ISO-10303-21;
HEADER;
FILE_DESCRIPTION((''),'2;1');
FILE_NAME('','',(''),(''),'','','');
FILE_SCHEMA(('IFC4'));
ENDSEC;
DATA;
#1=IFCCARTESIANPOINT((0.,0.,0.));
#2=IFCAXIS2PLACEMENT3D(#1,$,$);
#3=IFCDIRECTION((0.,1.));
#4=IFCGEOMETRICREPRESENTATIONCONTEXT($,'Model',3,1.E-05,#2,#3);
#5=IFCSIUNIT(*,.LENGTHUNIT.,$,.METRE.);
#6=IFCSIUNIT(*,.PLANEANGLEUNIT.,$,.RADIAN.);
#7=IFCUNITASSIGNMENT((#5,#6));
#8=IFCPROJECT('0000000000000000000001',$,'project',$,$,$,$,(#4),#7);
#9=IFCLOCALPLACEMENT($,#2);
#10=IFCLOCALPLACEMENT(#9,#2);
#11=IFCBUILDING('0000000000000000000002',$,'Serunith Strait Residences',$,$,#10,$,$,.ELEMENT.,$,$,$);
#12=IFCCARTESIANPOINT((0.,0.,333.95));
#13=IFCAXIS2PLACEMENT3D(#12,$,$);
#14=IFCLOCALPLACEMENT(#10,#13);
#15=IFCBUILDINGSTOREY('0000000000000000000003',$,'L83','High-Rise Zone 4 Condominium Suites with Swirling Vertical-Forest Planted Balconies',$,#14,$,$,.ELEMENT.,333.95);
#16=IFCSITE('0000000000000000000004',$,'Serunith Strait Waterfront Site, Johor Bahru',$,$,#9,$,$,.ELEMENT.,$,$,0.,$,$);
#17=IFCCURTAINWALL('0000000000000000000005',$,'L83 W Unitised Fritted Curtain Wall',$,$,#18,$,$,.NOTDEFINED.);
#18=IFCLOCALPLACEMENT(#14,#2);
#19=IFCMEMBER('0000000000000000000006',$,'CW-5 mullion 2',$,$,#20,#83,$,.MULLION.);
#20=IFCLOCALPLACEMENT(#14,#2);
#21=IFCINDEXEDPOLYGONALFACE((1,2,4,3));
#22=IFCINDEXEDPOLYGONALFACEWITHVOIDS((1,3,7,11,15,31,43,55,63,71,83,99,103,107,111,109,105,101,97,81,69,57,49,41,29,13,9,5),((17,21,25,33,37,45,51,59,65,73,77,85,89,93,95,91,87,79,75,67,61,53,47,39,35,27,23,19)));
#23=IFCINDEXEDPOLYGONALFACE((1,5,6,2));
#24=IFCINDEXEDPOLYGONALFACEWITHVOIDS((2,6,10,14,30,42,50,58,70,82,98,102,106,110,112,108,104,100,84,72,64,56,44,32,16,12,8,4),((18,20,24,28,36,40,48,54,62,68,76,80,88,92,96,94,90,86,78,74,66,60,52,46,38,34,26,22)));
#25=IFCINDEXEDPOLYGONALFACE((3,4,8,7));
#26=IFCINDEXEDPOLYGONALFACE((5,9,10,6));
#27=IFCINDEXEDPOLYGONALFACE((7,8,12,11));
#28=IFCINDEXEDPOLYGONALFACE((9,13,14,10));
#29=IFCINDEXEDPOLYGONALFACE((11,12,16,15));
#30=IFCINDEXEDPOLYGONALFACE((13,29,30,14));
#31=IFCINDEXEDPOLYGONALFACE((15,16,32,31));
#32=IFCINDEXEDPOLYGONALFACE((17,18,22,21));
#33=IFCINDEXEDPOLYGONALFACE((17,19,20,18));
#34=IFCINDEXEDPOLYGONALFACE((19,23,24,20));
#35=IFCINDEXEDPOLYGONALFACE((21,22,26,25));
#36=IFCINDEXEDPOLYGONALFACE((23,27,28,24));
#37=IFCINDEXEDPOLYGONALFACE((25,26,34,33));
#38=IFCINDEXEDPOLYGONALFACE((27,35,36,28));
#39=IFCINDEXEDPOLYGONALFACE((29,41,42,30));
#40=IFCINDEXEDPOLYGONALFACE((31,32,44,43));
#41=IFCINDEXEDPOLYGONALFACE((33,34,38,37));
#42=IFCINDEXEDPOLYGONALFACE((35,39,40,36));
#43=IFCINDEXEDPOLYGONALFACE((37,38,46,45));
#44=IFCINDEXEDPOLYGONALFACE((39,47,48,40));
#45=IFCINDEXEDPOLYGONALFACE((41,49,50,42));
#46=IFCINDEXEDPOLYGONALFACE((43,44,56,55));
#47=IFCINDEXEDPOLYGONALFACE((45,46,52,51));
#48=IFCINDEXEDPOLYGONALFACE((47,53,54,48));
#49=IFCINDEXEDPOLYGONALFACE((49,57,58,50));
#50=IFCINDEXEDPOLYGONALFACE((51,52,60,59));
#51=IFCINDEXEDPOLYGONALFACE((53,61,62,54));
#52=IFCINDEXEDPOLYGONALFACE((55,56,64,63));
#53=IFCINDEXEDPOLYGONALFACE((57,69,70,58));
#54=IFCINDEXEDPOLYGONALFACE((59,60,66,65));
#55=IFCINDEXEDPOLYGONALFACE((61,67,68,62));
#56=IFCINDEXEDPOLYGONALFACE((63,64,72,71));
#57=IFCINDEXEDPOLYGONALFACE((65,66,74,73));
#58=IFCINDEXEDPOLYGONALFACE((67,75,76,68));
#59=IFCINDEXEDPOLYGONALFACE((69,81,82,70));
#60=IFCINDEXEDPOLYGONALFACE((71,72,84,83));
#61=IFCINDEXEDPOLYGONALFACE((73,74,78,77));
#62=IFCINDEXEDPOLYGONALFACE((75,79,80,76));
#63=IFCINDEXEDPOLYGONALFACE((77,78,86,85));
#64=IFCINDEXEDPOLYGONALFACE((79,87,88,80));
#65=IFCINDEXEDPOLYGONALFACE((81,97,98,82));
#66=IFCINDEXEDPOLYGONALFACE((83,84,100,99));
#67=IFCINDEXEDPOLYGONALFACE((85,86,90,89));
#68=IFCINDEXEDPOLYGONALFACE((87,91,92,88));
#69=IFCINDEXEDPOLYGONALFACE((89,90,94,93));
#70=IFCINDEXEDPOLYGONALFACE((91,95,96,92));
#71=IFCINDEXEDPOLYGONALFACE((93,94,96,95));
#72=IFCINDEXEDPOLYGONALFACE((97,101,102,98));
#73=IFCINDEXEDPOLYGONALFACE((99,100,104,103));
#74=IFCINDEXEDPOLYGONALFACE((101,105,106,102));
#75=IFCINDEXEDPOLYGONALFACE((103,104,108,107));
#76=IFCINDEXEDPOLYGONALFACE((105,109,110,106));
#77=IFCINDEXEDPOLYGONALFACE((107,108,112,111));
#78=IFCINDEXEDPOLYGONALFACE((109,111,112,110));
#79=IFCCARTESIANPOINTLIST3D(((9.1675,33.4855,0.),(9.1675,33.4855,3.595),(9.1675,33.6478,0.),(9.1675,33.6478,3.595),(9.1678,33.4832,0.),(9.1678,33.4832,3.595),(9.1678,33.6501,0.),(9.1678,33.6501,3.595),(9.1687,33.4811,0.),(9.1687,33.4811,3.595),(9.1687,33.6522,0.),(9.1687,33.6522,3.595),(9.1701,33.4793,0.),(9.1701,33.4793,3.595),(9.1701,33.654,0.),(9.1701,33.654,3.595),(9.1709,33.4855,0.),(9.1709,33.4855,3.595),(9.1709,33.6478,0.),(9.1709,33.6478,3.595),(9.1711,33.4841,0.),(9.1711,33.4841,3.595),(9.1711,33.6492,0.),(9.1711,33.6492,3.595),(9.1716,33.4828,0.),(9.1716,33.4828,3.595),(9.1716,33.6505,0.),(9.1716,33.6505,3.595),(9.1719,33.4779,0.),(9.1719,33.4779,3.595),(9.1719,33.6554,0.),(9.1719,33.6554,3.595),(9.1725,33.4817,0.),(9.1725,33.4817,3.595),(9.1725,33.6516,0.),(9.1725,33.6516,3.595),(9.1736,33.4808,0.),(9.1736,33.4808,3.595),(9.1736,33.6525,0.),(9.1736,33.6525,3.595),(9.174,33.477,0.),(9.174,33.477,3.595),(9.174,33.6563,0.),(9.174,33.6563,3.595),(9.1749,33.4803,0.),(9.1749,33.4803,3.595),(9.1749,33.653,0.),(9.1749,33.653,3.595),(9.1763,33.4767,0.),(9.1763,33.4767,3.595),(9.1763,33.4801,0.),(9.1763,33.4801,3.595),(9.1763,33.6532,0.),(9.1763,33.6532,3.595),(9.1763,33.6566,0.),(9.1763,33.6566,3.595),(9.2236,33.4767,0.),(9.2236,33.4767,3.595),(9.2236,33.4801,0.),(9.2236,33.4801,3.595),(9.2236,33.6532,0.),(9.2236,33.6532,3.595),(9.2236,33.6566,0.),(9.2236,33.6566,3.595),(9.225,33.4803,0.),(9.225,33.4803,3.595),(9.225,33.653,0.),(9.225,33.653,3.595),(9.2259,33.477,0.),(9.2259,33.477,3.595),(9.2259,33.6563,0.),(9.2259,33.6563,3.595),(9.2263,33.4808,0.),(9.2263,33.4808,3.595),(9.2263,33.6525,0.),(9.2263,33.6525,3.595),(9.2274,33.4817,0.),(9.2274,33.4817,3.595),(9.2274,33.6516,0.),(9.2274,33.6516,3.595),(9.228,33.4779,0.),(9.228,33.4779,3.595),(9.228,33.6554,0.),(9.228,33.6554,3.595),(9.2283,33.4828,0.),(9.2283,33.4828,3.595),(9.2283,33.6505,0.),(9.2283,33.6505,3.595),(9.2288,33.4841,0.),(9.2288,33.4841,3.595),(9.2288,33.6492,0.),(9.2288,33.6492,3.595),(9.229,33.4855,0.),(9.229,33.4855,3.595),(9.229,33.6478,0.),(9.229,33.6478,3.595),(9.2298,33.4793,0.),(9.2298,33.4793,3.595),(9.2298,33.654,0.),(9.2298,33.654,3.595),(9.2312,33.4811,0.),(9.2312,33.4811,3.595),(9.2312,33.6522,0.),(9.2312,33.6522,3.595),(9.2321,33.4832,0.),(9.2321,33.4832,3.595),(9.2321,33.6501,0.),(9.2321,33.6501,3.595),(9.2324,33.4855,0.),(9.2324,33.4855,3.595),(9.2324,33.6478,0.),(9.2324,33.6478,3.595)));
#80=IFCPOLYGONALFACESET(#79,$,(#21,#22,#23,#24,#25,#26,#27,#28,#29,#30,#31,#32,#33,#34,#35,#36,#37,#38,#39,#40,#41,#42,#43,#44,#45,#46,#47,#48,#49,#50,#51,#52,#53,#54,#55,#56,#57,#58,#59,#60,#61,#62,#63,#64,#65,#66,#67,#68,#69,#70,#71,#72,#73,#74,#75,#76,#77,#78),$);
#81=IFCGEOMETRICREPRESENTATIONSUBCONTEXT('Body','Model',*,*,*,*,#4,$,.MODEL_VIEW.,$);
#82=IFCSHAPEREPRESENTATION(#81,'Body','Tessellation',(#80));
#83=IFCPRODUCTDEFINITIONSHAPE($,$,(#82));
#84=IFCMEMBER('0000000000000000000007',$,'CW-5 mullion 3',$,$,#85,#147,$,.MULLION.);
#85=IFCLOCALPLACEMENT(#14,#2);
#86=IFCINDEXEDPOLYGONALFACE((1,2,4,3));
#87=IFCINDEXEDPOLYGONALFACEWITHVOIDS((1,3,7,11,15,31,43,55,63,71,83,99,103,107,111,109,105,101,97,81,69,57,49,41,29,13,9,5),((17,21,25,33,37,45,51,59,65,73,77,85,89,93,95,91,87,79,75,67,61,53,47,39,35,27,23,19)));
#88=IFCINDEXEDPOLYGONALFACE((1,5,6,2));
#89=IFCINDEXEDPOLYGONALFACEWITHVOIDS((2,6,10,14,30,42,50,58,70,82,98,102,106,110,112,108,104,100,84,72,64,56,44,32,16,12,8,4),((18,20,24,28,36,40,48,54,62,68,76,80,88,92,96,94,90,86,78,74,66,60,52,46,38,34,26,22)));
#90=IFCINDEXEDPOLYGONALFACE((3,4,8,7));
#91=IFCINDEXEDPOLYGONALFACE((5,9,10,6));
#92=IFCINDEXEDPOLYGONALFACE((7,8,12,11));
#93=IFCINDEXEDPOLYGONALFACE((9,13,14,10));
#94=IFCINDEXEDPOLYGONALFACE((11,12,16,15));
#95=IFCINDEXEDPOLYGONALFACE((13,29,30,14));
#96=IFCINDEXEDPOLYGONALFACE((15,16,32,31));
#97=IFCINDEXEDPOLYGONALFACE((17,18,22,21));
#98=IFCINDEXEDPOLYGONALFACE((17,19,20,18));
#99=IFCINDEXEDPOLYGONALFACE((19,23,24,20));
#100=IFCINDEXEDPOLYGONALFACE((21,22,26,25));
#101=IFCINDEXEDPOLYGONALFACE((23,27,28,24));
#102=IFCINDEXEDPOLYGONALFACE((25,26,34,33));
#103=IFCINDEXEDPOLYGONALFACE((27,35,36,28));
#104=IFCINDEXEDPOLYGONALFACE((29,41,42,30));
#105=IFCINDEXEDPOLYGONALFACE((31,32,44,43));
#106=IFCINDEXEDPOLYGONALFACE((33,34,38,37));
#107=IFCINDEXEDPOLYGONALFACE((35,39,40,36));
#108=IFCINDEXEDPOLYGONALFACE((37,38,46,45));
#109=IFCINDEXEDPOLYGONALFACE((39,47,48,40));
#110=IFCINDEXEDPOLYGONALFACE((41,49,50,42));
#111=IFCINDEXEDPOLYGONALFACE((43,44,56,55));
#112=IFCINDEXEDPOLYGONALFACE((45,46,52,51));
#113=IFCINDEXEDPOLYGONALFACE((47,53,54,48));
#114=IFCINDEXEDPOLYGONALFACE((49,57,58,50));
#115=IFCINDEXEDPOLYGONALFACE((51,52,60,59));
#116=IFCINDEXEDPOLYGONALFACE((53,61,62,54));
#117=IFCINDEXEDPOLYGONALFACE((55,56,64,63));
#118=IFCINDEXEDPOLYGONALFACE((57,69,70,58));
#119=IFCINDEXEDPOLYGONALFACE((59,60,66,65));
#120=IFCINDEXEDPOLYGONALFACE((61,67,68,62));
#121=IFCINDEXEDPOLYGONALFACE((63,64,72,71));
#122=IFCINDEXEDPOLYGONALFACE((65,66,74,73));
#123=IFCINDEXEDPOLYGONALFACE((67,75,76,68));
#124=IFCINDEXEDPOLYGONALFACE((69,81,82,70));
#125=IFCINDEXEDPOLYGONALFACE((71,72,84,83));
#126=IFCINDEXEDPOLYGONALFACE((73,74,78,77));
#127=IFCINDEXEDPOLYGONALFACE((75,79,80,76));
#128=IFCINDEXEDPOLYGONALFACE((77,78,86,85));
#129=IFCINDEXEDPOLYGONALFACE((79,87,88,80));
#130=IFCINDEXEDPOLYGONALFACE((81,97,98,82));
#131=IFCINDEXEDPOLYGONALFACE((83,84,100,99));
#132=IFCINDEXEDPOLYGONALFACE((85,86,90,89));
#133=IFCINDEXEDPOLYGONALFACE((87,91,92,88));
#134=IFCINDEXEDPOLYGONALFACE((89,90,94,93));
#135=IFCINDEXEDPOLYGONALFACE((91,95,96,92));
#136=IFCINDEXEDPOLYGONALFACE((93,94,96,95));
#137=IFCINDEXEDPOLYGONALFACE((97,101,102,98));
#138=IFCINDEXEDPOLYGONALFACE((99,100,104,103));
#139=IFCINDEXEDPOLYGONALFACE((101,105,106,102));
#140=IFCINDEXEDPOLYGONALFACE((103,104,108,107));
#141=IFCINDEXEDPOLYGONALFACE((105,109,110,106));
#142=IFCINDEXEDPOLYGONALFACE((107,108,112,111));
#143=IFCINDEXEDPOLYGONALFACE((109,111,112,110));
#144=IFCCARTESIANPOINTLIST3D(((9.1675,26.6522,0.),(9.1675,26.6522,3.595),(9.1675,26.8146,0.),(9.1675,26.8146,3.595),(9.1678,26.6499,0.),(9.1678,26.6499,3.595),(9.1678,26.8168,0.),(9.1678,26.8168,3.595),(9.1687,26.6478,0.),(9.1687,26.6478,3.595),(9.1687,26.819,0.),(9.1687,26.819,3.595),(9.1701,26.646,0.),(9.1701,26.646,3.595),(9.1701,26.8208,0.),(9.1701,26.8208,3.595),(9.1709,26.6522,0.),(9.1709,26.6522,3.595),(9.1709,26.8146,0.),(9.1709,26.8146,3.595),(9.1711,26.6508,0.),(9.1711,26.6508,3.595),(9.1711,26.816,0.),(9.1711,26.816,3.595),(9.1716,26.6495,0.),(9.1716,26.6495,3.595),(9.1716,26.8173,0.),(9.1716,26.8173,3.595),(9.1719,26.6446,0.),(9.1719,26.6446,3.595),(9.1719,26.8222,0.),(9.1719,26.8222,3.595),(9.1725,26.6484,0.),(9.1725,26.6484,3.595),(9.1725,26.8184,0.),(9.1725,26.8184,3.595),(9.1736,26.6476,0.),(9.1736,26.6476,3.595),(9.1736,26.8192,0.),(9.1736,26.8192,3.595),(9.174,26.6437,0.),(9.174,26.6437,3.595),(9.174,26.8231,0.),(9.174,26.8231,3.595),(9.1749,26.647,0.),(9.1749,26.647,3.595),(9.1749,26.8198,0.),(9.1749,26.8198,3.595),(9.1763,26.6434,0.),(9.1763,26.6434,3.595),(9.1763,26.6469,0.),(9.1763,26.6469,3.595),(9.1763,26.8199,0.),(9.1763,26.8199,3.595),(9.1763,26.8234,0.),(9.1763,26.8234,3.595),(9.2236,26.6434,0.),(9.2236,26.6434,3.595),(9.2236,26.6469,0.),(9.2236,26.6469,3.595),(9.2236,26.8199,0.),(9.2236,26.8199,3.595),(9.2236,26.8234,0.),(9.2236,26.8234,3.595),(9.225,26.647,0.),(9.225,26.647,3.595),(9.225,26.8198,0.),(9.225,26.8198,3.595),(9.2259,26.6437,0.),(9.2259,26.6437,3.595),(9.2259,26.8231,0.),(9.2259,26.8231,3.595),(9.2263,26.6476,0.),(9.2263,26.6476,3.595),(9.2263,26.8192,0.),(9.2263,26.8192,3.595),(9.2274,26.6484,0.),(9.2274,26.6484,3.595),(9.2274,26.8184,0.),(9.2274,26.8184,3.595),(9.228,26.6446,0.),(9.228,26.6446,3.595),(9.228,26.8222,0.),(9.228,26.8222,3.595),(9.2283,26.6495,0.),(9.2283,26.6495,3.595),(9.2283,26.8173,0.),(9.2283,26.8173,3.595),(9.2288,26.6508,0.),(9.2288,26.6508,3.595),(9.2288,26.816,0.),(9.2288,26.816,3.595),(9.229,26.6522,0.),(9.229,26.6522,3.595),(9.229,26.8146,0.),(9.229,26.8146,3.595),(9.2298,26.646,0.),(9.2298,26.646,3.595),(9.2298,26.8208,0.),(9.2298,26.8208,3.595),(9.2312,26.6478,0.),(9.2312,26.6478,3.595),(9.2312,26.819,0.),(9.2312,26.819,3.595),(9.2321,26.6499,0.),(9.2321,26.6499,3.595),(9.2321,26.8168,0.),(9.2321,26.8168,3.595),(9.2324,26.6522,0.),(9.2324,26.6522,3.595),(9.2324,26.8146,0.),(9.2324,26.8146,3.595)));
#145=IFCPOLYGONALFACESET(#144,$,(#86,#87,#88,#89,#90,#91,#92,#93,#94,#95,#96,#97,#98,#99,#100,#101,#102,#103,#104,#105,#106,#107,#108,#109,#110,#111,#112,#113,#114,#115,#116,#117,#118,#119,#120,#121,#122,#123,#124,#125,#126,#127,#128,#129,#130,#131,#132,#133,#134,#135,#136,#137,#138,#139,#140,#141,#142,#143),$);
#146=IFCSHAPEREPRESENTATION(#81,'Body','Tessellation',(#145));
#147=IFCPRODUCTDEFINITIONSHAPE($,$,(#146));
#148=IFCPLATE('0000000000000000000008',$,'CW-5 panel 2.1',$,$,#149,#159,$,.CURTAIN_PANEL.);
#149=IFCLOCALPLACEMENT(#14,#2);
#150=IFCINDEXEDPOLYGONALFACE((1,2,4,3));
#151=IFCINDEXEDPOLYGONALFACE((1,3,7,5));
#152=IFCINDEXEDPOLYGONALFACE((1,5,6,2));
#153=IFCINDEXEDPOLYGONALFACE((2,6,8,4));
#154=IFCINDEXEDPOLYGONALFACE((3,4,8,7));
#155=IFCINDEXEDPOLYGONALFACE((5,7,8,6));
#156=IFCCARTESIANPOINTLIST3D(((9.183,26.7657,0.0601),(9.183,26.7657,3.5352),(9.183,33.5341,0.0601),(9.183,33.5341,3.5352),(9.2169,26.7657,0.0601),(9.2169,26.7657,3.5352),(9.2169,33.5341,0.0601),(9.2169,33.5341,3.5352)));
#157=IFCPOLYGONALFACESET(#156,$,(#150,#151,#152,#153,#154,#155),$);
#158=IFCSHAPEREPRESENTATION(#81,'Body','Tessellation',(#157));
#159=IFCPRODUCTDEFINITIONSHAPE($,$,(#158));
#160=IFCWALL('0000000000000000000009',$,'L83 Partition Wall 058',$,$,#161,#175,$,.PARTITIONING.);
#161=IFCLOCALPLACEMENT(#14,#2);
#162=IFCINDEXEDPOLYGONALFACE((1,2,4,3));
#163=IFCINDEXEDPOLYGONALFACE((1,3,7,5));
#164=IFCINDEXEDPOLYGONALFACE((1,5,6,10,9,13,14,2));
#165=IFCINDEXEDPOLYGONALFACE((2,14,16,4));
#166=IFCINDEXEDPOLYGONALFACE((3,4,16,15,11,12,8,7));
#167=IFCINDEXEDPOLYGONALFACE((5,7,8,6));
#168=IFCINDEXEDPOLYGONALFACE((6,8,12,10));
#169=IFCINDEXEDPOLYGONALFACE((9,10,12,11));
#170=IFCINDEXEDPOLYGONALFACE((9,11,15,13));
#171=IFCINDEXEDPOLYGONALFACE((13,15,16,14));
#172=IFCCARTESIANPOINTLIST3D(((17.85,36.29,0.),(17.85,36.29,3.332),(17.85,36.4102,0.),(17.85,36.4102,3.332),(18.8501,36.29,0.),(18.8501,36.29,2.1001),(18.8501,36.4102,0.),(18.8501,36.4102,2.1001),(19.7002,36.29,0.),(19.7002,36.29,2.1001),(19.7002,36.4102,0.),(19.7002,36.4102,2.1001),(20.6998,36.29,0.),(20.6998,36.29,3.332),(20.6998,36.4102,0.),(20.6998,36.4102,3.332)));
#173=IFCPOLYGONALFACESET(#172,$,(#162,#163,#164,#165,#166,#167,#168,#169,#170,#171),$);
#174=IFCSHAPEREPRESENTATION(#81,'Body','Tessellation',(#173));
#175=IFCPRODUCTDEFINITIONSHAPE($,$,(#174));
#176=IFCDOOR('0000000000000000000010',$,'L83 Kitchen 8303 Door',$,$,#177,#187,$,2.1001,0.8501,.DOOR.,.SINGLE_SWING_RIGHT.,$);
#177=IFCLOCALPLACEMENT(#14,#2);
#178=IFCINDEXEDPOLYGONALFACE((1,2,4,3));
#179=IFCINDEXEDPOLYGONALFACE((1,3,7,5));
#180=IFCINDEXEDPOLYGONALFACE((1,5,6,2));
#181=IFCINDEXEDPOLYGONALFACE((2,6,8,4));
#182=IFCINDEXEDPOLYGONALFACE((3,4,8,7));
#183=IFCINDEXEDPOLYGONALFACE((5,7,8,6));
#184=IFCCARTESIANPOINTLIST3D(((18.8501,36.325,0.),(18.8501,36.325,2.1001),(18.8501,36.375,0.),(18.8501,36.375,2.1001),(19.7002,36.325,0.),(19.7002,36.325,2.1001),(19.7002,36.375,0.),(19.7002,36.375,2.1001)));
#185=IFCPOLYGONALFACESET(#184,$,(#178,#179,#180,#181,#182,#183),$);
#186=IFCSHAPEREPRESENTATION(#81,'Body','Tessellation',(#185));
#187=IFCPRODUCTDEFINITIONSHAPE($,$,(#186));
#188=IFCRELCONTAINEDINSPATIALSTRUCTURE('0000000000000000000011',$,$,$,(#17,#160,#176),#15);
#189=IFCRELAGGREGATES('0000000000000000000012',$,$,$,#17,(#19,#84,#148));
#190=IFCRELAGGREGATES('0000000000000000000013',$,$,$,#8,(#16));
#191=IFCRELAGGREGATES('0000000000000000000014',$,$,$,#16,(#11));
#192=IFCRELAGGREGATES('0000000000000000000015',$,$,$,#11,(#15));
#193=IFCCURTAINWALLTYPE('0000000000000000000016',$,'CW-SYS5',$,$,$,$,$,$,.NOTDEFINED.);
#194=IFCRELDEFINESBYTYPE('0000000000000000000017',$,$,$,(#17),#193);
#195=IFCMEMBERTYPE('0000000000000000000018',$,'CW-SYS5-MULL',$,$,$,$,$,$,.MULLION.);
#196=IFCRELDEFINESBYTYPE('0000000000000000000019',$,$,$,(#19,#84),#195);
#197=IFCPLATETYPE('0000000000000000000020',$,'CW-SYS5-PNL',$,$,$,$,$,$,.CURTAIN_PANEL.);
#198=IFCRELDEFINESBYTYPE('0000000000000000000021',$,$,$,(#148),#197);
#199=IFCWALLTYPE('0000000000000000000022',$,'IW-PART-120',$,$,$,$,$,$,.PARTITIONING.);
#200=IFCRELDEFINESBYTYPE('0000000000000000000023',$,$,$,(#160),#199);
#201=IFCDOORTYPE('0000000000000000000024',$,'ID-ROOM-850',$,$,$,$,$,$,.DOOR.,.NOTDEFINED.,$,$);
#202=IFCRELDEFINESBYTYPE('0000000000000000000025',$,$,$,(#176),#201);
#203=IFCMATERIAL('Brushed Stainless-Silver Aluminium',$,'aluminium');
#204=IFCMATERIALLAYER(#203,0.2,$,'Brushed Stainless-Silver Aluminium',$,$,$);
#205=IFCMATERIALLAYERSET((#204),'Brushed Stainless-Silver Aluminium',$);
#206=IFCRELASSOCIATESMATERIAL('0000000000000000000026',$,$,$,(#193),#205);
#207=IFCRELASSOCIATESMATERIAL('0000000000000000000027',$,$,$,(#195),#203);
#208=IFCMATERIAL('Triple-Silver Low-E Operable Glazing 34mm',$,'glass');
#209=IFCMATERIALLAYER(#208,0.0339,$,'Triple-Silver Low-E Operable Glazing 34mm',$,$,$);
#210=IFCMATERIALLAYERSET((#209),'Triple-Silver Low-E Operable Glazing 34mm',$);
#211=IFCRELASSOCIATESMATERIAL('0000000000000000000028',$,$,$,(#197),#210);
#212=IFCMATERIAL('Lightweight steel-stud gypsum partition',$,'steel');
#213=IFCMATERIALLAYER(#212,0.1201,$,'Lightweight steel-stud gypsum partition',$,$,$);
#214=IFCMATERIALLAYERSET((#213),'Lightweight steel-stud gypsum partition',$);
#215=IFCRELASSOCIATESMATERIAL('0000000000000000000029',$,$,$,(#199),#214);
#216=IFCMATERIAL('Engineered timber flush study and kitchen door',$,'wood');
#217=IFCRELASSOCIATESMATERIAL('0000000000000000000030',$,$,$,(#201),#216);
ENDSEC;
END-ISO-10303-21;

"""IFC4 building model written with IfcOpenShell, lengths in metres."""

from ifc_helpers import new_model, si_unit, direction, frame, frame_2d, origin, origin_2d, place, context, subcontext, project, spatial, rectangle, hollow_rectangle, extrude, source, transform, mapped, material, layer, layer_set, material_profile, profile_set, type_object, element, fill, aggregate, save


model = new_model("IFC4")

# Units and contexts
model_context = context("Model", 3, precision=1e-05, world=origin(), true_north=direction((0.0, 1.0)))
body_context = subcontext(model_context, "Body", "Model", "MODEL_VIEW")
ifc_project = project(units=[si_unit("LENGTHUNIT", "METRE"), si_unit("PLANEANGLEUNIT", "RADIAN")], contexts=[model_context])

# Site, building, storey
site_placement = place(None, origin())
site = spatial("IfcSite", under=ifc_project, at=site_placement, Name="Serunith Strait Waterfront Site, Johor Bahru", CompositionType="ELEMENT", RefElevation=0.0)
building_placement = place(site_placement, origin())
building = spatial("IfcBuilding", under=site, at=building_placement, Name="Serunith Strait Residences", CompositionType="ELEMENT")
storey_placement = place(building_placement, frame((0.0, 0.0, 333.95)))
storey = spatial("IfcBuildingStorey", under=building, at=storey_placement, Name="L83", Description="High-Rise Zone 4 Condominium Suites with Swirling Vertical-Forest Planted Balconies", CompositionType="ELEMENT", Elevation=333.95)

# Curtain wall, members, plate
ifc_material_1 = material(Name="Brushed Stainless-Silver Aluminium", Category="aluminium")
ifc_layer_1 = layer(ifc_material_1, 0.2, Name="Brushed Stainless-Silver Aluminium")
ifc_layer_set_1 = layer_set([ifc_layer_1], Name="Brushed Stainless-Silver Aluminium")
curtain_wall_type = type_object("IfcCurtainWallType", Name="CW-SYS5", PredefinedType="NOTDEFINED", material=ifc_layer_set_1)
curtain_wall_placement = place(storey_placement, origin())
curtain_wall = element("IfcCurtainWall", 1, at=curtain_wall_placement, inside=storey, type_object=curtain_wall_type, Name="L83 W Unitised Fritted Curtain Wall", PredefinedType="NOTDEFINED")
ifc_material_profile_1 = material_profile(ifc_material_1, hollow_rectangle(XDim=0.0649, YDim=0.1799, WallThickness=0.0034, InnerFilletRadius=0.0054, OuterFilletRadius=0.0088, at=origin_2d()), Name="ALU 180x65x3.5")
ifc_profile_set_1 = profile_set([ifc_material_profile_1], Name="Brushed Stainless-Silver Aluminium")
member_type_1 = type_object("IfcMemberType", Name="CW-SYS5-MULL", PredefinedType="MULLION", material=ifc_profile_set_1)
shared_shape_1 = source(origin(), body_context, "Body", "SweptSolid", [
    extrude(hollow_rectangle(XDim=0.0649, YDim=0.1799, WallThickness=0.0034, InnerFilletRadius=0.0054, OuterFilletRadius=0.0088, at=origin_2d()), origin(), (0.0, 0.0, 1.0), 3.595),
])
member_1_placement = place(storey_placement, frame((9.2, 33.5667, 0.0), z_axis=(0.0, 0.0, 1.0), x_axis=(1.0, 0.0, 0.0)))
member_1 = element("IfcMember", 2, at=member_1_placement, type_object=member_type_1, Name="CW-5 mullion 2", PredefinedType="MULLION", context=body_context, shape_type="MappedRepresentation", body=[
    mapped(shared_shape_1, transform((0.0, 0.0, 0.0), scale=1.0)),
])
member_2_placement = place(storey_placement, frame((9.2, 26.7334, 0.0), z_axis=(0.0, 0.0, 1.0), x_axis=(1.0, 0.0, 0.0)))
member_2 = element("IfcMember", 3, at=member_2_placement, type_object=member_type_1, Name="CW-5 mullion 3", PredefinedType="MULLION", context=body_context, shape_type="MappedRepresentation", body=[
    mapped(shared_shape_1, transform((0.0, 0.0, 0.0), scale=1.0)),
])
ifc_material_2 = material(Name="Triple-Silver Low-E Operable Glazing 34mm", Category="glass")
ifc_layer_2 = layer(ifc_material_2, 0.0339, Name="Triple-Silver Low-E Operable Glazing 34mm")
ifc_layer_set_2 = layer_set([ifc_layer_2], Name="Triple-Silver Low-E Operable Glazing 34mm")
plate_type = type_object("IfcPlateType", Name="CW-SYS5-PNL", PredefinedType="CURTAIN_PANEL", material=ifc_layer_set_2)
shared_shape_2 = source(origin(), body_context, "Body", "SweptSolid", [
    extrude(rectangle(XDim=6.7683, YDim=0.0339, at=origin_2d()), origin(), (0.0, 0.0, 1.0), 3.4751),
])
plate_placement = place(storey_placement, frame((9.2, 30.1499, 0.0601), z_axis=(0.0, 0.0, 1.0), x_axis=(0.0, -1.0, 0.0)))
plate = element("IfcPlate", 4, at=plate_placement, type_object=plate_type, Name="CW-5 panel 2.1", PredefinedType="CURTAIN_PANEL", context=body_context, shape_type="MappedRepresentation", body=[
    mapped(shared_shape_2, transform((0.0, 0.0, 0.0), scale=1.0)),
])
aggregate(curtain_wall, [member_1, member_2, plate])

# Wall, opening, door
ifc_material_3 = material(Name="Lightweight steel-stud gypsum partition", Category="steel")
ifc_layer_3 = layer(ifc_material_3, 0.1201, Name="Lightweight steel-stud gypsum partition")
ifc_layer_set_3 = layer_set([ifc_layer_3], Name="Lightweight steel-stud gypsum partition")
wall_type_1 = type_object("IfcWallType", Name="IW-PART-120", PredefinedType="PARTITIONING", material=ifc_layer_set_3)
wall_1_placement = place(storey_placement, frame((17.8501, 36.3501, 0.0), z_axis=(0.0, 0.0, 1.0), x_axis=(1.0, 0.0, 0.0)))
wall_1 = element("IfcWall", 5, at=wall_1_placement, inside=storey, type_object=wall_type_1, Name="L83 Partition Wall 058", PredefinedType="PARTITIONING", context=body_context, shape_type="SweptSolid", body=[
    extrude(rectangle(XDim=2.8499, YDim=0.1201, at=frame_2d((1.4248, 0.0))), origin(), (0.0, 0.0, 1.0), 3.332),
])
opening_1_placement = place(wall_1_placement, frame((1.0, 0.0, 0.0)))
opening_1 = element("IfcOpeningElement", 6, at=opening_1_placement, cuts=wall_1, PredefinedType="OPENING", context=body_context, shape_type="SweptSolid", body=[
    extrude(rectangle(XDim=0.8501, YDim=2.1001, at=frame_2d((0.425, 1.05))), frame((0.0, 0.0701, 0.0), z_axis=(0.0, -1.0, 0.0), x_axis=(1.0, 0.0, 0.0)), (0.0, 0.0, 1.0), 0.1401),
])
ifc_material_4 = material(Name="Engineered timber flush study and kitchen door", Category="wood")
door_type_1 = type_object("IfcDoorType", Name="ID-ROOM-850", OperationType="NOTDEFINED", PredefinedType="DOOR", material=ifc_material_4)
shared_shape_3 = source(origin(), body_context, "Body", "SweptSolid", [
    extrude(rectangle(XDim=0.8501, YDim=2.1001, at=frame_2d((0.425, 1.05))), frame((0.0, 0.0249, 0.0), z_axis=(0.0, -1.0, 0.0), x_axis=(1.0, 0.0, 0.0)), (0.0, 0.0, 1.0), 0.05),
])
door_1_placement = place(opening_1_placement, origin())
door_1 = element("IfcDoor", 7, at=door_1_placement, inside=storey, type_object=door_type_1, Name="L83 Kitchen 8303 Door", OperationType="SINGLE_SWING_RIGHT", OverallHeight=2.1001, OverallWidth=0.8501, PredefinedType="DOOR", context=body_context, shape_type="MappedRepresentation", body=[
    mapped(shared_shape_3, transform((0.0, 0.0, 0.0), scale=1.0)),
])
fill(opening_1, door_1)

save(model, "model.ifc")
